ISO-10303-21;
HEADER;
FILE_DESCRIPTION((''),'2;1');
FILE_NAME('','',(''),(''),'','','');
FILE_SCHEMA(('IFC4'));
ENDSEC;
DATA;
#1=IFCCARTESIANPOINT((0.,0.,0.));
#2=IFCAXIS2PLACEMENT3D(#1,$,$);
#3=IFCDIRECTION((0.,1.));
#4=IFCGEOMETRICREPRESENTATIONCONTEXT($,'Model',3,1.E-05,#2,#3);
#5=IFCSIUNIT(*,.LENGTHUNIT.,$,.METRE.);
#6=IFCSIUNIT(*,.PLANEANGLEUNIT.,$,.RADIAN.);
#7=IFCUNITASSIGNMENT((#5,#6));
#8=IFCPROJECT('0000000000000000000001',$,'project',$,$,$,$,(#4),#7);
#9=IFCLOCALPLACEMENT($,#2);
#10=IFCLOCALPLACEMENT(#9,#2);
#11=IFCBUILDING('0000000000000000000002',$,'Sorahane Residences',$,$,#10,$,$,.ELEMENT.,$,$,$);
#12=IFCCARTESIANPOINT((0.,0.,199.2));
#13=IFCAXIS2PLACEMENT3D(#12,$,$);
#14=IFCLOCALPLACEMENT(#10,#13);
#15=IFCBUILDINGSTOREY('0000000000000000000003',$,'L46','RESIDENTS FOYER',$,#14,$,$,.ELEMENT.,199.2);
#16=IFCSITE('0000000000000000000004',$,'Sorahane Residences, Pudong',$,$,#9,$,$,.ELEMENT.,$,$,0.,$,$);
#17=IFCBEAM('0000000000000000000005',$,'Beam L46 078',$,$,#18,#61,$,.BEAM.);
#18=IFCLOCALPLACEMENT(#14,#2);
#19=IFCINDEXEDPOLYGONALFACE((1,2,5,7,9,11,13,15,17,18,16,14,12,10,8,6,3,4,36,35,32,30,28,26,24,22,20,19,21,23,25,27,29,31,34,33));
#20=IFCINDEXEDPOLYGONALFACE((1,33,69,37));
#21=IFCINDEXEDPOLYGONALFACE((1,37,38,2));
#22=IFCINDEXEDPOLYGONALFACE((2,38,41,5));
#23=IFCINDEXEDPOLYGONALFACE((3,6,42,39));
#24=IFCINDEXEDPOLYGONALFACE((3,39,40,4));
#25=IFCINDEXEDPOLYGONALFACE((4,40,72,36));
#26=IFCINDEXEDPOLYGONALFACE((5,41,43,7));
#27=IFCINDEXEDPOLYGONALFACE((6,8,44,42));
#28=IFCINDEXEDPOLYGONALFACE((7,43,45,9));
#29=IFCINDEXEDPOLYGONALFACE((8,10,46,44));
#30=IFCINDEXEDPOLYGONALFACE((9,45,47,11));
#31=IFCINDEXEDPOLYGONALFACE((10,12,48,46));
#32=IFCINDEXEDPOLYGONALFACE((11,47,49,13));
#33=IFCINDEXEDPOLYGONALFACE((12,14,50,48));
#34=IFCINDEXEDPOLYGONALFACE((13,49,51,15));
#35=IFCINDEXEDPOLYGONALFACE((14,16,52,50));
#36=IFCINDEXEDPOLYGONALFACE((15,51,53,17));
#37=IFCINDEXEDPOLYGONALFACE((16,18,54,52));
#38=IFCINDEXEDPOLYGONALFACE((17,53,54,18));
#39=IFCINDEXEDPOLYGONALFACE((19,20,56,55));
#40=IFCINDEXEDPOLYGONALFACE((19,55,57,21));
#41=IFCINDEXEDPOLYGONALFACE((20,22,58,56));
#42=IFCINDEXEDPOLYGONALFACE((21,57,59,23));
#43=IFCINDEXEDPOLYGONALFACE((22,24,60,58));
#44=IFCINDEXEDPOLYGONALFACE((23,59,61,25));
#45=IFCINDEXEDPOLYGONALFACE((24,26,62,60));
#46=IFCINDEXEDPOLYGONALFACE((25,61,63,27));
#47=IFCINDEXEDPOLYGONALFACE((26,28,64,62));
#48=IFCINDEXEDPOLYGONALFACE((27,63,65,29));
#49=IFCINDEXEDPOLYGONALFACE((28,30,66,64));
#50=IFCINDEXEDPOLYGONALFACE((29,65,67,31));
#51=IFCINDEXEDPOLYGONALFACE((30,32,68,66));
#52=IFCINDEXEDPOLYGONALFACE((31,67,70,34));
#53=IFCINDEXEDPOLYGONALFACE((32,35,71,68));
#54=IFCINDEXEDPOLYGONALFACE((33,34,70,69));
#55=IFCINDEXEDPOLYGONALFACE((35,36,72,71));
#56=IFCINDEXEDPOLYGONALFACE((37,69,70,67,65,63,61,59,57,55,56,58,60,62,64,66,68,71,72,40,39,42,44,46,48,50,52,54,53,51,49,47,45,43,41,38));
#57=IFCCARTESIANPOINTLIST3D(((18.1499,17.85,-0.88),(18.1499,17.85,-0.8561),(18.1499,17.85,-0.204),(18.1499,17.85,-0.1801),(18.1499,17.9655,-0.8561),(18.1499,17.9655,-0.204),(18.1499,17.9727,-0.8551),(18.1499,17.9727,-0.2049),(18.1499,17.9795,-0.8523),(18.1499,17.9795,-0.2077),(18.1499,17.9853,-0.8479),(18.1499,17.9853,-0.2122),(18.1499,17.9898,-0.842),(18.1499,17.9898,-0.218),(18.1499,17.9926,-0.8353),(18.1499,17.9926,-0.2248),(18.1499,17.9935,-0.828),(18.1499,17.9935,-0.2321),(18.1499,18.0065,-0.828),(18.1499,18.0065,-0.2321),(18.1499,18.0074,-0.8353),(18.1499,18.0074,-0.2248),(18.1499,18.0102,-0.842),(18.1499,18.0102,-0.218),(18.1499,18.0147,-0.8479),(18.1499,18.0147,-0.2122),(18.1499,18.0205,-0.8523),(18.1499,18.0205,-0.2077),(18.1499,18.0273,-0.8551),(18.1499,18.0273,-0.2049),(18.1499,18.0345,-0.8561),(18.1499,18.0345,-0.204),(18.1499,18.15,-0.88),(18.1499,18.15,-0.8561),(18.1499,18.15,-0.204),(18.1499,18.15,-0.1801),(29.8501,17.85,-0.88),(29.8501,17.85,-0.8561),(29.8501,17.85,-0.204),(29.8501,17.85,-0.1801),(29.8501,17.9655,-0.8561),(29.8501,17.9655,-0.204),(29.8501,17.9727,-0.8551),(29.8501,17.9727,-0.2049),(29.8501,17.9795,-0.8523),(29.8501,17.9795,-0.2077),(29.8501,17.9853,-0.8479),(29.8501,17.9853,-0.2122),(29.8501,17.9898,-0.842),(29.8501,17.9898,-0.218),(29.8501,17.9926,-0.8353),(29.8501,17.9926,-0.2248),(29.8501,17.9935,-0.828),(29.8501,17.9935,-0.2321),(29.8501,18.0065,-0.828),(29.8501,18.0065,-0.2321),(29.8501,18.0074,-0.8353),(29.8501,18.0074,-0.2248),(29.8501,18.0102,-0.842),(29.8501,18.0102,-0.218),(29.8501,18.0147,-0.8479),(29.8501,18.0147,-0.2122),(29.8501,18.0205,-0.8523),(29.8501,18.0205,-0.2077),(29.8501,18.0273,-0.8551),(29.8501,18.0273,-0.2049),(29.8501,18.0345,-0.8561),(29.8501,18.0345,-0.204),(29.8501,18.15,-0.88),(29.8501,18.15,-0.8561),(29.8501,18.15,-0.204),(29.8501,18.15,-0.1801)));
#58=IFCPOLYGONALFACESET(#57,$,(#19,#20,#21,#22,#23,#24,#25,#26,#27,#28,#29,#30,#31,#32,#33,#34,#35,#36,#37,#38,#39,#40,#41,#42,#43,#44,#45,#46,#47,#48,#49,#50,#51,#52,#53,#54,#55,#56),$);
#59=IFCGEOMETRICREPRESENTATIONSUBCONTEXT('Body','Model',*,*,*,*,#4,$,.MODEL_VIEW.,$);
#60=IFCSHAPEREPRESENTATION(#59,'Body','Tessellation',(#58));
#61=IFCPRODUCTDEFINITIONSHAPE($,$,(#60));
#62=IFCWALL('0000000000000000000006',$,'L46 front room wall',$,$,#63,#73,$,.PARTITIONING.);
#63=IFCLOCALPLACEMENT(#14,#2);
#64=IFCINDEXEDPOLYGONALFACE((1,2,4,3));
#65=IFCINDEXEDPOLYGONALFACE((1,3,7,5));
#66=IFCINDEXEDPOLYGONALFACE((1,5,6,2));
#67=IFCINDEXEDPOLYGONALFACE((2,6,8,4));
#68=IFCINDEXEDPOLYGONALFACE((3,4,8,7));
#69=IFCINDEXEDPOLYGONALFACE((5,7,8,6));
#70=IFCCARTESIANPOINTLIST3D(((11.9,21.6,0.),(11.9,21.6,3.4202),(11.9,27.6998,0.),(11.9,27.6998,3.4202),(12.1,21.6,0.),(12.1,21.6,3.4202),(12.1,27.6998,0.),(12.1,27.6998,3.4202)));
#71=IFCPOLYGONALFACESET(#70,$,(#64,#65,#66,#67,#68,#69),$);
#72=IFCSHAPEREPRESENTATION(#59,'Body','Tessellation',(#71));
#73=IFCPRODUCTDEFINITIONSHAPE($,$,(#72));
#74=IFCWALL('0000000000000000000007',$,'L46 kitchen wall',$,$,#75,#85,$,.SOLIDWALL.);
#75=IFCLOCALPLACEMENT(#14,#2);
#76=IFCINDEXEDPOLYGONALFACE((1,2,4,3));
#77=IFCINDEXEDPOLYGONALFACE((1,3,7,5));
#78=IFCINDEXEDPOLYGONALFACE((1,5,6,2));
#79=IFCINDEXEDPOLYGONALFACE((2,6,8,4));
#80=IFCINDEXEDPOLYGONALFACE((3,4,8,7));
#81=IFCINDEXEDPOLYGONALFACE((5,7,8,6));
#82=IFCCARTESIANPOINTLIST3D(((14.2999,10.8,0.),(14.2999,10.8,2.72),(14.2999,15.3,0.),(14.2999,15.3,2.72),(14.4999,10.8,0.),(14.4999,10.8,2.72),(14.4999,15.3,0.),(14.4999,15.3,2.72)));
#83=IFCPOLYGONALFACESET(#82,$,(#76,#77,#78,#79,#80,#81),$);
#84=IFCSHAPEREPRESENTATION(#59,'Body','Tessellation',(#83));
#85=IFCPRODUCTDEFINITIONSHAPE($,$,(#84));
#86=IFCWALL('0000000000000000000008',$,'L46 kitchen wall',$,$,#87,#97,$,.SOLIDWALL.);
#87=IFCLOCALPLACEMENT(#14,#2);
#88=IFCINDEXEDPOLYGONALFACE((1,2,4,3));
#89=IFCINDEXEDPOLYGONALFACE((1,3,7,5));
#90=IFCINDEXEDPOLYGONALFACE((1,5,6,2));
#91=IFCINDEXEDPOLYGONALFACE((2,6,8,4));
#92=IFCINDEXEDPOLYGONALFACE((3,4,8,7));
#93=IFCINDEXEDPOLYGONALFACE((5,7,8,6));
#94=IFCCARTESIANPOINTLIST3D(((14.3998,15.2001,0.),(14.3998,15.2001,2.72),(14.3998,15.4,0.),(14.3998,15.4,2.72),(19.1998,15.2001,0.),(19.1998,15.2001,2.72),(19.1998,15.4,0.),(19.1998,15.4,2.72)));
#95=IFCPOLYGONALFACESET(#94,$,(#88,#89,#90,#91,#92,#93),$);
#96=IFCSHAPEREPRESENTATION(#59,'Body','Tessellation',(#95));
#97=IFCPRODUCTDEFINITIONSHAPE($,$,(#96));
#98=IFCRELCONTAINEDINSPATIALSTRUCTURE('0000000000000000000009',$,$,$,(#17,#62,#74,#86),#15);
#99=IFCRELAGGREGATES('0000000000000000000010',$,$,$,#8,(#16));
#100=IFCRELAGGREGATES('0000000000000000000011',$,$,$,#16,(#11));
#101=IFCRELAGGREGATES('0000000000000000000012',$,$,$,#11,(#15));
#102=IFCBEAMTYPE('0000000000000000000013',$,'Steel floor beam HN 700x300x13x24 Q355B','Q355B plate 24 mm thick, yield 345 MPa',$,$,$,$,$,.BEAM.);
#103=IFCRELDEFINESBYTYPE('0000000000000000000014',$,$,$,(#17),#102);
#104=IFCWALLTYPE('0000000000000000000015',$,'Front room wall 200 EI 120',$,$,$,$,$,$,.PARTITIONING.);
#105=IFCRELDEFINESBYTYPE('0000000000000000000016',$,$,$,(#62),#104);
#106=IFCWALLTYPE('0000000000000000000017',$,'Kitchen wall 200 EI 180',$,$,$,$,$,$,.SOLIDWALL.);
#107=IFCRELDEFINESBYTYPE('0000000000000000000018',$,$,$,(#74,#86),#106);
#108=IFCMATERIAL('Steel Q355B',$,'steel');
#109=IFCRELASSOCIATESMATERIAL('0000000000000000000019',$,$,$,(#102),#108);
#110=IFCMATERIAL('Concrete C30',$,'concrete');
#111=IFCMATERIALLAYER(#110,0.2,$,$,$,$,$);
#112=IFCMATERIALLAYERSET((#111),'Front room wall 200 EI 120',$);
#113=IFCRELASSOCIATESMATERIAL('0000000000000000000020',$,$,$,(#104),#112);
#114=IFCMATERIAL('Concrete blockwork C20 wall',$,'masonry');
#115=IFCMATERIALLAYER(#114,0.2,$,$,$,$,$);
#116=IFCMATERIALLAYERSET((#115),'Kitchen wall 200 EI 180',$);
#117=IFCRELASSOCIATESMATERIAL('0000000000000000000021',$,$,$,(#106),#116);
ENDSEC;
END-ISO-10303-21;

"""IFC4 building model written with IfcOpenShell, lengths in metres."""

from ifc_helpers import new_model, si_unit, direction, frame, frame_2d, origin, origin_2d, place, context, subcontext, project, spatial, rectangle, i_section, extrude, material, layer, layer_set, material_profile, profile_set, type_object, element, save


model = new_model("IFC4")

# Units and contexts
model_context = context("Model", 3, precision=1e-05, world=origin(), true_north=direction((0.0, 1.0)))
body_context = subcontext(model_context, "Body", "Model", "MODEL_VIEW")
ifc_project = project(units=[si_unit("LENGTHUNIT", "METRE"), si_unit("PLANEANGLEUNIT", "RADIAN")], contexts=[model_context])

# Site, building, storey
site_placement = place(None, origin())
site = spatial("IfcSite", under=ifc_project, at=site_placement, Name="Sorahane Residences, Pudong", CompositionType="ELEMENT", RefElevation=0.0)
building_placement = place(site_placement, origin())
building = spatial("IfcBuilding", under=site, at=building_placement, Name="Sorahane Residences", CompositionType="ELEMENT")
storey_placement = place(building_placement, frame((0.0, 0.0, 199.2)))
storey = spatial("IfcBuildingStorey", under=building, at=storey_placement, Name="L46", Description="RESIDENTS FOYER", CompositionType="ELEMENT", Elevation=199.2)

# Beam
ifc_material_1 = material(Name="Steel Q355B", Category="steel")
ifc_material_profile_1 = material_profile(ifc_material_1, i_section(OverallWidth=0.3, OverallDepth=0.7, WebThickness=0.0129, FlangeThickness=0.0239, FilletRadius=0.0281, at=origin_2d()), Name="HN 700x300x13x24")
ifc_profile_set_1 = profile_set([ifc_material_profile_1], Name="Steel Q355B")
beam_type_1 = type_object("IfcBeamType", Name="Steel floor beam HN 700x300x13x24 Q355B", Description="Q355B plate 24 mm thick, yield 345 MPa", PredefinedType="BEAM", material=ifc_profile_set_1)
beam_1_placement = place(storey_placement, frame((18.1499, 18.0, -0.53), z_axis=(1.0, 0.0, 0.0), x_axis=(0.0, 1.0, 0.0)))
element("IfcBeam", 1, at=beam_1_placement, inside=storey, type_object=beam_type_1, Name="Beam L46 078", PredefinedType="BEAM", context=body_context, shape_type="SweptSolid", body=[
    extrude(i_section(OverallWidth=0.3, OverallDepth=0.7, WebThickness=0.0129, FlangeThickness=0.0239, FilletRadius=0.0281, at=origin_2d()), origin(), (0.0, 0.0, 1.0), 11.7002),
])

# Walls
ifc_material_2 = material(Name="Concrete C30", Category="concrete")
ifc_layer_1 = layer(ifc_material_2, 0.2)
ifc_layer_set_1 = layer_set([ifc_layer_1], Name="Front room wall 200 EI 120")
wall_type_1 = type_object("IfcWallType", Name="Front room wall 200 EI 120", PredefinedType="PARTITIONING", material=ifc_layer_set_1)
wall_1_placement = place(storey_placement, frame((12.0, 21.6001, 0.0), z_axis=(0.0, 0.0, 1.0), x_axis=(0.0, 1.0, 0.0)))
element("IfcWall", 2, at=wall_1_placement, inside=storey, type_object=wall_type_1, Name="L46 front room wall", PredefinedType="PARTITIONING", context=body_context, shape_type="SweptSolid", body=[
    extrude(rectangle(XDim=6.0999, YDim=0.2, at=frame_2d((3.0498, 0.0))), origin(), (0.0, 0.0, 1.0), 3.4202),
])
ifc_material_3 = material(Name="Concrete blockwork C20 wall", Category="masonry")
ifc_layer_2 = layer(ifc_material_3, 0.2)
ifc_layer_set_2 = layer_set([ifc_layer_2], Name="Kitchen wall 200 EI 180")
wall_type_2 = type_object("IfcWallType", Name="Kitchen wall 200 EI 180", PredefinedType="SOLIDWALL", material=ifc_layer_set_2)
wall_2_placement = place(storey_placement, frame((14.3999, 10.8, 0.0), z_axis=(0.0, 0.0, 1.0), x_axis=(0.0, 1.0, 0.0)))
element("IfcWall", 3, at=wall_2_placement, inside=storey, type_object=wall_type_2, Name="L46 kitchen wall", PredefinedType="SOLIDWALL", context=body_context, shape_type="SweptSolid", body=[
    extrude(rectangle(XDim=4.5, YDim=0.2, at=frame_2d((2.25, 0.0))), origin(), (0.0, 0.0, 1.0), 2.72),
])

# Wall
wall_3_placement = place(storey_placement, frame((14.3999, 15.3, 0.0), z_axis=(0.0, 0.0, 1.0), x_axis=(1.0, 0.0, 0.0)))
element("IfcWall", 4, at=wall_3_placement, inside=storey, type_object=wall_type_2, Name="L46 kitchen wall", PredefinedType="SOLIDWALL", context=body_context, shape_type="SweptSolid", body=[
    extrude(rectangle(XDim=4.8, YDim=0.2, at=frame_2d((2.3999, 0.0))), origin(), (0.0, 0.0, 1.0), 2.72),
])

save(model, "model.ifc")
